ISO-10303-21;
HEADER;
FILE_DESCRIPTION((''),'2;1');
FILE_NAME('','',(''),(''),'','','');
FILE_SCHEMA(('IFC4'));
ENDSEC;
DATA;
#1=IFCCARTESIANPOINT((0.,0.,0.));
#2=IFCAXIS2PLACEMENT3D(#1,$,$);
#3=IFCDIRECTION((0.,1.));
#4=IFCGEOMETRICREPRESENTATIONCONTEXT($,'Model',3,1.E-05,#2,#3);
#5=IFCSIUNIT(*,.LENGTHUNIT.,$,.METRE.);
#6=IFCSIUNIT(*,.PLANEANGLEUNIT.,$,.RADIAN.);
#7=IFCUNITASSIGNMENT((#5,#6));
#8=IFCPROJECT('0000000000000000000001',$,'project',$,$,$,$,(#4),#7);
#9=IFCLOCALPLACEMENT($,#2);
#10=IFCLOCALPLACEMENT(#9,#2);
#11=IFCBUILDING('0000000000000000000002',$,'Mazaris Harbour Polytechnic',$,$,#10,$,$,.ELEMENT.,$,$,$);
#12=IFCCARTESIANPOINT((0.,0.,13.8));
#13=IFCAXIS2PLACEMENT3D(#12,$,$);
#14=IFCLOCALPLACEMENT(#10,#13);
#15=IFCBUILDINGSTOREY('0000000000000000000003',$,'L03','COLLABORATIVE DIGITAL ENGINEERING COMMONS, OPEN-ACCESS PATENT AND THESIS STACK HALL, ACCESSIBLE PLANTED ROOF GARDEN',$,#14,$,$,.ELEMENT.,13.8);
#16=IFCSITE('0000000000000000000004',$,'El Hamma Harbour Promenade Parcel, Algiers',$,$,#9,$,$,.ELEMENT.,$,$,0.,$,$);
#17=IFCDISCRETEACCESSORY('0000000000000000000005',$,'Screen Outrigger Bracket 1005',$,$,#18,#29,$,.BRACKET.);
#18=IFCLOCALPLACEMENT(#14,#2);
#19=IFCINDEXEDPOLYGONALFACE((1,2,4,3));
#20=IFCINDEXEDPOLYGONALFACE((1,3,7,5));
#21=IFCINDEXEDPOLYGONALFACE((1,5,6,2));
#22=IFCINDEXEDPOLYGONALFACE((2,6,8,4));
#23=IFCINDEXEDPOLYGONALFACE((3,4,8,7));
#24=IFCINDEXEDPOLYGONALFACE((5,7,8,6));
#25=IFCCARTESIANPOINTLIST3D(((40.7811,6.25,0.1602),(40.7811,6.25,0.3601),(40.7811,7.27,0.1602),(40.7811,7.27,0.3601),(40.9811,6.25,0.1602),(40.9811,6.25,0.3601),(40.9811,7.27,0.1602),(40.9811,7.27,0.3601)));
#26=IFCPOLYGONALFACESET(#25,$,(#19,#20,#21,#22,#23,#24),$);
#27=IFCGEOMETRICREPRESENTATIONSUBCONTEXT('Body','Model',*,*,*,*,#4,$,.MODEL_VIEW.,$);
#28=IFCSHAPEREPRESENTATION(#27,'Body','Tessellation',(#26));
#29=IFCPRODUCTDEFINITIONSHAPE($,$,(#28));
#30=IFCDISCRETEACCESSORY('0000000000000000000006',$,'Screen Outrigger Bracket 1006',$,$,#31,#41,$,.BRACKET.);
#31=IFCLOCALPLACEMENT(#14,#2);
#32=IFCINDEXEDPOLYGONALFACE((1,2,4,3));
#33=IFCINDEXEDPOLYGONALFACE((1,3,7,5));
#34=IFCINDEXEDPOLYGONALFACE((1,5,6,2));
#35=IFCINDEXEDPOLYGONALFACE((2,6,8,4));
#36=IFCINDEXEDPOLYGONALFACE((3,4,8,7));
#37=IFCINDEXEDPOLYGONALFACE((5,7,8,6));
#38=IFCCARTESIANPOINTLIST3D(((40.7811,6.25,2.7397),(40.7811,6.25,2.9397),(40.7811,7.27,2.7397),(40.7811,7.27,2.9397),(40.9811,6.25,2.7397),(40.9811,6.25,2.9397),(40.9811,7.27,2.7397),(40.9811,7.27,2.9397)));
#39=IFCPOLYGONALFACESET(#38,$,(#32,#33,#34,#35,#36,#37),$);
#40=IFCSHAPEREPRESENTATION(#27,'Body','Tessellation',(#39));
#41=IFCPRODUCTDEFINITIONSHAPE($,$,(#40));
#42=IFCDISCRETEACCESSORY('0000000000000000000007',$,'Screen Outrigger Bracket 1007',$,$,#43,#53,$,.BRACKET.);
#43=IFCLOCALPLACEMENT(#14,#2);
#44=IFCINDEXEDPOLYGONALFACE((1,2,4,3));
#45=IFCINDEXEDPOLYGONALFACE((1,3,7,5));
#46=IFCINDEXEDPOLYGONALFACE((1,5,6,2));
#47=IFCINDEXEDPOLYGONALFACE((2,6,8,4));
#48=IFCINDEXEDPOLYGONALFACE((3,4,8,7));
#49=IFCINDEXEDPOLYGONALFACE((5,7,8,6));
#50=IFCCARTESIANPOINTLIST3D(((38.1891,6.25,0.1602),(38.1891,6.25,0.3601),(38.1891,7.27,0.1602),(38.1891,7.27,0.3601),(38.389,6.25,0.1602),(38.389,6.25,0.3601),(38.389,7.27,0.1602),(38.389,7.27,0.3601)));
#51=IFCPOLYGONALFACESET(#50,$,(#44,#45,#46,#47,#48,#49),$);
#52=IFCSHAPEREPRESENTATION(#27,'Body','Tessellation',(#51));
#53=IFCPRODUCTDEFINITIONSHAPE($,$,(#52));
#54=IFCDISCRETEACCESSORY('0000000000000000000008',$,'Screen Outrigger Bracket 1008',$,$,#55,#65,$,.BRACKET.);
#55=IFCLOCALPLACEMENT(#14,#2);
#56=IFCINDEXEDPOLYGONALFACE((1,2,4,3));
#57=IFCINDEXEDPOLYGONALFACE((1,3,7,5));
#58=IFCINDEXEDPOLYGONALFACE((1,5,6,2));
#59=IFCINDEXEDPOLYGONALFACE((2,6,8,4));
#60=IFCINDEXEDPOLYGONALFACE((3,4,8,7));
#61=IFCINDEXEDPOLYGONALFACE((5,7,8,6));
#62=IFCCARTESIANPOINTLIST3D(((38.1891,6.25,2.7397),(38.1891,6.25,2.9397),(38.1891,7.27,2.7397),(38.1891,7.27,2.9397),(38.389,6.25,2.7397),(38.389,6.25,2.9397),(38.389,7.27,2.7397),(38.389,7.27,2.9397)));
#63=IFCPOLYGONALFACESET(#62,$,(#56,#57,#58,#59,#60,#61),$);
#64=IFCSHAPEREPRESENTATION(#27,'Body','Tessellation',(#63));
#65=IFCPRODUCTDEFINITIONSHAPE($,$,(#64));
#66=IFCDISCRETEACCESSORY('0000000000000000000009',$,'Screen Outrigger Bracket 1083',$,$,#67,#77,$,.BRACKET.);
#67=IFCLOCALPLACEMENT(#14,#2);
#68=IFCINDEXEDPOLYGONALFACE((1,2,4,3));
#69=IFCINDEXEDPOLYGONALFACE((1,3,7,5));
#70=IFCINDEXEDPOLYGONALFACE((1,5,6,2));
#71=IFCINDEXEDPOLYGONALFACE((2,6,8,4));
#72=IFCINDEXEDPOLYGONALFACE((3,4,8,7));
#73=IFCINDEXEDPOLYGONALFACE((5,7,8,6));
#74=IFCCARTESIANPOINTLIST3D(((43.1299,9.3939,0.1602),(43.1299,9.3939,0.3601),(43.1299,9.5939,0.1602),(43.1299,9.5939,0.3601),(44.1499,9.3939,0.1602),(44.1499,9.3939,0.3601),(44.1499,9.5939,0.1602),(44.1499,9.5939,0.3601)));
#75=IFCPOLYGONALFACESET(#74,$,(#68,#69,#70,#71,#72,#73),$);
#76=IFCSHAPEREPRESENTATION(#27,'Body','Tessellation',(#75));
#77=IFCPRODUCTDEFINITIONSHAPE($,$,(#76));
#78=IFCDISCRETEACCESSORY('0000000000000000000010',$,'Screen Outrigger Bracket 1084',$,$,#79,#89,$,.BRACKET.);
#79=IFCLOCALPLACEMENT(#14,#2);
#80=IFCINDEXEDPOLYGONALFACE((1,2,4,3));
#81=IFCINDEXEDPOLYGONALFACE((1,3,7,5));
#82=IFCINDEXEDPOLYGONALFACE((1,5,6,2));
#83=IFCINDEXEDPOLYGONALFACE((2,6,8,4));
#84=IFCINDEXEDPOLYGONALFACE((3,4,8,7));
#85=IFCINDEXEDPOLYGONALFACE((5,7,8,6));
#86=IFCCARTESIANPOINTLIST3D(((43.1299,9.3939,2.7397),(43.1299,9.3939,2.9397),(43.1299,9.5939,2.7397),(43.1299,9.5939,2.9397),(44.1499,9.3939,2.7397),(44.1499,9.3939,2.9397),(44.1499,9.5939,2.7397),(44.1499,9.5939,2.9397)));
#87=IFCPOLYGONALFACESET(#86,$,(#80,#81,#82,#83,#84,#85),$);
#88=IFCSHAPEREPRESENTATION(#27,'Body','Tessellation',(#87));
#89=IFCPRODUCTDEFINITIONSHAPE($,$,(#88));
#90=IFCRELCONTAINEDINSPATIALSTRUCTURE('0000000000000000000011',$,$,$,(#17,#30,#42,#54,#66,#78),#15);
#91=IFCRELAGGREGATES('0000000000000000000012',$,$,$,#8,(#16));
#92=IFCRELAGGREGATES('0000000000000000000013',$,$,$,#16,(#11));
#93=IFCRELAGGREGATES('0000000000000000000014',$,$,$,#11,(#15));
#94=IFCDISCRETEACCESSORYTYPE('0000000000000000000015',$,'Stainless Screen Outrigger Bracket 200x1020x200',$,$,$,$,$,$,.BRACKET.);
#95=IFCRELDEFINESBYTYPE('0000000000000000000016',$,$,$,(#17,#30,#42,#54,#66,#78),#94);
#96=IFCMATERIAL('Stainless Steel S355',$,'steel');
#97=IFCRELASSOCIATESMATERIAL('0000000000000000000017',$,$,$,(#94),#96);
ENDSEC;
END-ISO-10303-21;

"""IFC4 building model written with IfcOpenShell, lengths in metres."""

from ifc_helpers import new_model, si_unit, direction, frame, origin, origin_2d, place, context, subcontext, project, spatial, rectangle, extrude, material, type_object, element, save


model = new_model("IFC4")

# Units and contexts
model_context = context("Model", 3, precision=1e-05, world=origin(), true_north=direction((0.0, 1.0)))
body_context = subcontext(model_context, "Body", "Model", "MODEL_VIEW")
ifc_project = project(units=[si_unit("LENGTHUNIT", "METRE"), si_unit("PLANEANGLEUNIT", "RADIAN")], contexts=[model_context])

# Site, building, storey
site_placement = place(None, origin())
site = spatial("IfcSite", under=ifc_project, at=site_placement, Name="El Hamma Harbour Promenade Parcel, Algiers", CompositionType="ELEMENT", RefElevation=0.0)
building_placement = place(site_placement, origin())
building = spatial("IfcBuilding", under=site, at=building_placement, Name="Mazaris Harbour Polytechnic", CompositionType="ELEMENT")
storey_placement = place(building_placement, frame((0.0, 0.0, 13.8)))
storey = spatial("IfcBuildingStorey", under=building, at=storey_placement, Name="L03", Description="COLLABORATIVE DIGITAL ENGINEERING COMMONS, OPEN-ACCESS PATENT AND THESIS STACK HALL, ACCESSIBLE PLANTED ROOF GARDEN", CompositionType="ELEMENT", Elevation=13.8)

# Discrete accessories
ifc_material_1 = material(Name="Stainless Steel S355", Category="steel")
discrete_accessory_type = type_object("IfcDiscreteAccessoryType", Name="Stainless Screen Outrigger Bracket 200x1020x200", PredefinedType="BRACKET", material=ifc_material_1)
for number, where, z_axis, x_axis, name in (
    (1, (40.8811, 6.76, 0.1602), (0.0, 0.0, 1.0), (-1.0, 0.0, 0.0), "Screen Outrigger Bracket 1005"),
    (2, (40.8811, 6.76, 2.7397), (0.0, 0.0, 1.0), (-1.0, 0.0, 0.0), "Screen Outrigger Bracket 1006"),
    (3, (38.2891, 6.76, 0.1602), (0.0, 0.0, 1.0), (-1.0, 0.0, 0.0), "Screen Outrigger Bracket 1007"),
    (4, (38.2891, 6.76, 2.7397), (0.0, 0.0, 1.0), (-1.0, 0.0, 0.0), "Screen Outrigger Bracket 1008"),
    (5, (43.6399, 9.4939, 0.1602), (0.0, 0.0, 1.0), (0.0, -1.0, 0.0), "Screen Outrigger Bracket 1083"),
    (6, (43.6399, 9.4939, 2.7397), (0.0, 0.0, 1.0), (0.0, -1.0, 0.0), "Screen Outrigger Bracket 1084"),
):
    element("IfcDiscreteAccessory", number, at=place(storey_placement, frame(where, z_axis=z_axis, x_axis=x_axis)), inside=storey, type_object=discrete_accessory_type, Name=name, PredefinedType="BRACKET", context=body_context, shape_type="SweptSolid", body=[
        extrude(rectangle(XDim=0.2, YDim=1.02, at=origin_2d()), origin(), (0.0, 0.0, 1.0), 0.2),
    ])

save(model, "model.ifc")
